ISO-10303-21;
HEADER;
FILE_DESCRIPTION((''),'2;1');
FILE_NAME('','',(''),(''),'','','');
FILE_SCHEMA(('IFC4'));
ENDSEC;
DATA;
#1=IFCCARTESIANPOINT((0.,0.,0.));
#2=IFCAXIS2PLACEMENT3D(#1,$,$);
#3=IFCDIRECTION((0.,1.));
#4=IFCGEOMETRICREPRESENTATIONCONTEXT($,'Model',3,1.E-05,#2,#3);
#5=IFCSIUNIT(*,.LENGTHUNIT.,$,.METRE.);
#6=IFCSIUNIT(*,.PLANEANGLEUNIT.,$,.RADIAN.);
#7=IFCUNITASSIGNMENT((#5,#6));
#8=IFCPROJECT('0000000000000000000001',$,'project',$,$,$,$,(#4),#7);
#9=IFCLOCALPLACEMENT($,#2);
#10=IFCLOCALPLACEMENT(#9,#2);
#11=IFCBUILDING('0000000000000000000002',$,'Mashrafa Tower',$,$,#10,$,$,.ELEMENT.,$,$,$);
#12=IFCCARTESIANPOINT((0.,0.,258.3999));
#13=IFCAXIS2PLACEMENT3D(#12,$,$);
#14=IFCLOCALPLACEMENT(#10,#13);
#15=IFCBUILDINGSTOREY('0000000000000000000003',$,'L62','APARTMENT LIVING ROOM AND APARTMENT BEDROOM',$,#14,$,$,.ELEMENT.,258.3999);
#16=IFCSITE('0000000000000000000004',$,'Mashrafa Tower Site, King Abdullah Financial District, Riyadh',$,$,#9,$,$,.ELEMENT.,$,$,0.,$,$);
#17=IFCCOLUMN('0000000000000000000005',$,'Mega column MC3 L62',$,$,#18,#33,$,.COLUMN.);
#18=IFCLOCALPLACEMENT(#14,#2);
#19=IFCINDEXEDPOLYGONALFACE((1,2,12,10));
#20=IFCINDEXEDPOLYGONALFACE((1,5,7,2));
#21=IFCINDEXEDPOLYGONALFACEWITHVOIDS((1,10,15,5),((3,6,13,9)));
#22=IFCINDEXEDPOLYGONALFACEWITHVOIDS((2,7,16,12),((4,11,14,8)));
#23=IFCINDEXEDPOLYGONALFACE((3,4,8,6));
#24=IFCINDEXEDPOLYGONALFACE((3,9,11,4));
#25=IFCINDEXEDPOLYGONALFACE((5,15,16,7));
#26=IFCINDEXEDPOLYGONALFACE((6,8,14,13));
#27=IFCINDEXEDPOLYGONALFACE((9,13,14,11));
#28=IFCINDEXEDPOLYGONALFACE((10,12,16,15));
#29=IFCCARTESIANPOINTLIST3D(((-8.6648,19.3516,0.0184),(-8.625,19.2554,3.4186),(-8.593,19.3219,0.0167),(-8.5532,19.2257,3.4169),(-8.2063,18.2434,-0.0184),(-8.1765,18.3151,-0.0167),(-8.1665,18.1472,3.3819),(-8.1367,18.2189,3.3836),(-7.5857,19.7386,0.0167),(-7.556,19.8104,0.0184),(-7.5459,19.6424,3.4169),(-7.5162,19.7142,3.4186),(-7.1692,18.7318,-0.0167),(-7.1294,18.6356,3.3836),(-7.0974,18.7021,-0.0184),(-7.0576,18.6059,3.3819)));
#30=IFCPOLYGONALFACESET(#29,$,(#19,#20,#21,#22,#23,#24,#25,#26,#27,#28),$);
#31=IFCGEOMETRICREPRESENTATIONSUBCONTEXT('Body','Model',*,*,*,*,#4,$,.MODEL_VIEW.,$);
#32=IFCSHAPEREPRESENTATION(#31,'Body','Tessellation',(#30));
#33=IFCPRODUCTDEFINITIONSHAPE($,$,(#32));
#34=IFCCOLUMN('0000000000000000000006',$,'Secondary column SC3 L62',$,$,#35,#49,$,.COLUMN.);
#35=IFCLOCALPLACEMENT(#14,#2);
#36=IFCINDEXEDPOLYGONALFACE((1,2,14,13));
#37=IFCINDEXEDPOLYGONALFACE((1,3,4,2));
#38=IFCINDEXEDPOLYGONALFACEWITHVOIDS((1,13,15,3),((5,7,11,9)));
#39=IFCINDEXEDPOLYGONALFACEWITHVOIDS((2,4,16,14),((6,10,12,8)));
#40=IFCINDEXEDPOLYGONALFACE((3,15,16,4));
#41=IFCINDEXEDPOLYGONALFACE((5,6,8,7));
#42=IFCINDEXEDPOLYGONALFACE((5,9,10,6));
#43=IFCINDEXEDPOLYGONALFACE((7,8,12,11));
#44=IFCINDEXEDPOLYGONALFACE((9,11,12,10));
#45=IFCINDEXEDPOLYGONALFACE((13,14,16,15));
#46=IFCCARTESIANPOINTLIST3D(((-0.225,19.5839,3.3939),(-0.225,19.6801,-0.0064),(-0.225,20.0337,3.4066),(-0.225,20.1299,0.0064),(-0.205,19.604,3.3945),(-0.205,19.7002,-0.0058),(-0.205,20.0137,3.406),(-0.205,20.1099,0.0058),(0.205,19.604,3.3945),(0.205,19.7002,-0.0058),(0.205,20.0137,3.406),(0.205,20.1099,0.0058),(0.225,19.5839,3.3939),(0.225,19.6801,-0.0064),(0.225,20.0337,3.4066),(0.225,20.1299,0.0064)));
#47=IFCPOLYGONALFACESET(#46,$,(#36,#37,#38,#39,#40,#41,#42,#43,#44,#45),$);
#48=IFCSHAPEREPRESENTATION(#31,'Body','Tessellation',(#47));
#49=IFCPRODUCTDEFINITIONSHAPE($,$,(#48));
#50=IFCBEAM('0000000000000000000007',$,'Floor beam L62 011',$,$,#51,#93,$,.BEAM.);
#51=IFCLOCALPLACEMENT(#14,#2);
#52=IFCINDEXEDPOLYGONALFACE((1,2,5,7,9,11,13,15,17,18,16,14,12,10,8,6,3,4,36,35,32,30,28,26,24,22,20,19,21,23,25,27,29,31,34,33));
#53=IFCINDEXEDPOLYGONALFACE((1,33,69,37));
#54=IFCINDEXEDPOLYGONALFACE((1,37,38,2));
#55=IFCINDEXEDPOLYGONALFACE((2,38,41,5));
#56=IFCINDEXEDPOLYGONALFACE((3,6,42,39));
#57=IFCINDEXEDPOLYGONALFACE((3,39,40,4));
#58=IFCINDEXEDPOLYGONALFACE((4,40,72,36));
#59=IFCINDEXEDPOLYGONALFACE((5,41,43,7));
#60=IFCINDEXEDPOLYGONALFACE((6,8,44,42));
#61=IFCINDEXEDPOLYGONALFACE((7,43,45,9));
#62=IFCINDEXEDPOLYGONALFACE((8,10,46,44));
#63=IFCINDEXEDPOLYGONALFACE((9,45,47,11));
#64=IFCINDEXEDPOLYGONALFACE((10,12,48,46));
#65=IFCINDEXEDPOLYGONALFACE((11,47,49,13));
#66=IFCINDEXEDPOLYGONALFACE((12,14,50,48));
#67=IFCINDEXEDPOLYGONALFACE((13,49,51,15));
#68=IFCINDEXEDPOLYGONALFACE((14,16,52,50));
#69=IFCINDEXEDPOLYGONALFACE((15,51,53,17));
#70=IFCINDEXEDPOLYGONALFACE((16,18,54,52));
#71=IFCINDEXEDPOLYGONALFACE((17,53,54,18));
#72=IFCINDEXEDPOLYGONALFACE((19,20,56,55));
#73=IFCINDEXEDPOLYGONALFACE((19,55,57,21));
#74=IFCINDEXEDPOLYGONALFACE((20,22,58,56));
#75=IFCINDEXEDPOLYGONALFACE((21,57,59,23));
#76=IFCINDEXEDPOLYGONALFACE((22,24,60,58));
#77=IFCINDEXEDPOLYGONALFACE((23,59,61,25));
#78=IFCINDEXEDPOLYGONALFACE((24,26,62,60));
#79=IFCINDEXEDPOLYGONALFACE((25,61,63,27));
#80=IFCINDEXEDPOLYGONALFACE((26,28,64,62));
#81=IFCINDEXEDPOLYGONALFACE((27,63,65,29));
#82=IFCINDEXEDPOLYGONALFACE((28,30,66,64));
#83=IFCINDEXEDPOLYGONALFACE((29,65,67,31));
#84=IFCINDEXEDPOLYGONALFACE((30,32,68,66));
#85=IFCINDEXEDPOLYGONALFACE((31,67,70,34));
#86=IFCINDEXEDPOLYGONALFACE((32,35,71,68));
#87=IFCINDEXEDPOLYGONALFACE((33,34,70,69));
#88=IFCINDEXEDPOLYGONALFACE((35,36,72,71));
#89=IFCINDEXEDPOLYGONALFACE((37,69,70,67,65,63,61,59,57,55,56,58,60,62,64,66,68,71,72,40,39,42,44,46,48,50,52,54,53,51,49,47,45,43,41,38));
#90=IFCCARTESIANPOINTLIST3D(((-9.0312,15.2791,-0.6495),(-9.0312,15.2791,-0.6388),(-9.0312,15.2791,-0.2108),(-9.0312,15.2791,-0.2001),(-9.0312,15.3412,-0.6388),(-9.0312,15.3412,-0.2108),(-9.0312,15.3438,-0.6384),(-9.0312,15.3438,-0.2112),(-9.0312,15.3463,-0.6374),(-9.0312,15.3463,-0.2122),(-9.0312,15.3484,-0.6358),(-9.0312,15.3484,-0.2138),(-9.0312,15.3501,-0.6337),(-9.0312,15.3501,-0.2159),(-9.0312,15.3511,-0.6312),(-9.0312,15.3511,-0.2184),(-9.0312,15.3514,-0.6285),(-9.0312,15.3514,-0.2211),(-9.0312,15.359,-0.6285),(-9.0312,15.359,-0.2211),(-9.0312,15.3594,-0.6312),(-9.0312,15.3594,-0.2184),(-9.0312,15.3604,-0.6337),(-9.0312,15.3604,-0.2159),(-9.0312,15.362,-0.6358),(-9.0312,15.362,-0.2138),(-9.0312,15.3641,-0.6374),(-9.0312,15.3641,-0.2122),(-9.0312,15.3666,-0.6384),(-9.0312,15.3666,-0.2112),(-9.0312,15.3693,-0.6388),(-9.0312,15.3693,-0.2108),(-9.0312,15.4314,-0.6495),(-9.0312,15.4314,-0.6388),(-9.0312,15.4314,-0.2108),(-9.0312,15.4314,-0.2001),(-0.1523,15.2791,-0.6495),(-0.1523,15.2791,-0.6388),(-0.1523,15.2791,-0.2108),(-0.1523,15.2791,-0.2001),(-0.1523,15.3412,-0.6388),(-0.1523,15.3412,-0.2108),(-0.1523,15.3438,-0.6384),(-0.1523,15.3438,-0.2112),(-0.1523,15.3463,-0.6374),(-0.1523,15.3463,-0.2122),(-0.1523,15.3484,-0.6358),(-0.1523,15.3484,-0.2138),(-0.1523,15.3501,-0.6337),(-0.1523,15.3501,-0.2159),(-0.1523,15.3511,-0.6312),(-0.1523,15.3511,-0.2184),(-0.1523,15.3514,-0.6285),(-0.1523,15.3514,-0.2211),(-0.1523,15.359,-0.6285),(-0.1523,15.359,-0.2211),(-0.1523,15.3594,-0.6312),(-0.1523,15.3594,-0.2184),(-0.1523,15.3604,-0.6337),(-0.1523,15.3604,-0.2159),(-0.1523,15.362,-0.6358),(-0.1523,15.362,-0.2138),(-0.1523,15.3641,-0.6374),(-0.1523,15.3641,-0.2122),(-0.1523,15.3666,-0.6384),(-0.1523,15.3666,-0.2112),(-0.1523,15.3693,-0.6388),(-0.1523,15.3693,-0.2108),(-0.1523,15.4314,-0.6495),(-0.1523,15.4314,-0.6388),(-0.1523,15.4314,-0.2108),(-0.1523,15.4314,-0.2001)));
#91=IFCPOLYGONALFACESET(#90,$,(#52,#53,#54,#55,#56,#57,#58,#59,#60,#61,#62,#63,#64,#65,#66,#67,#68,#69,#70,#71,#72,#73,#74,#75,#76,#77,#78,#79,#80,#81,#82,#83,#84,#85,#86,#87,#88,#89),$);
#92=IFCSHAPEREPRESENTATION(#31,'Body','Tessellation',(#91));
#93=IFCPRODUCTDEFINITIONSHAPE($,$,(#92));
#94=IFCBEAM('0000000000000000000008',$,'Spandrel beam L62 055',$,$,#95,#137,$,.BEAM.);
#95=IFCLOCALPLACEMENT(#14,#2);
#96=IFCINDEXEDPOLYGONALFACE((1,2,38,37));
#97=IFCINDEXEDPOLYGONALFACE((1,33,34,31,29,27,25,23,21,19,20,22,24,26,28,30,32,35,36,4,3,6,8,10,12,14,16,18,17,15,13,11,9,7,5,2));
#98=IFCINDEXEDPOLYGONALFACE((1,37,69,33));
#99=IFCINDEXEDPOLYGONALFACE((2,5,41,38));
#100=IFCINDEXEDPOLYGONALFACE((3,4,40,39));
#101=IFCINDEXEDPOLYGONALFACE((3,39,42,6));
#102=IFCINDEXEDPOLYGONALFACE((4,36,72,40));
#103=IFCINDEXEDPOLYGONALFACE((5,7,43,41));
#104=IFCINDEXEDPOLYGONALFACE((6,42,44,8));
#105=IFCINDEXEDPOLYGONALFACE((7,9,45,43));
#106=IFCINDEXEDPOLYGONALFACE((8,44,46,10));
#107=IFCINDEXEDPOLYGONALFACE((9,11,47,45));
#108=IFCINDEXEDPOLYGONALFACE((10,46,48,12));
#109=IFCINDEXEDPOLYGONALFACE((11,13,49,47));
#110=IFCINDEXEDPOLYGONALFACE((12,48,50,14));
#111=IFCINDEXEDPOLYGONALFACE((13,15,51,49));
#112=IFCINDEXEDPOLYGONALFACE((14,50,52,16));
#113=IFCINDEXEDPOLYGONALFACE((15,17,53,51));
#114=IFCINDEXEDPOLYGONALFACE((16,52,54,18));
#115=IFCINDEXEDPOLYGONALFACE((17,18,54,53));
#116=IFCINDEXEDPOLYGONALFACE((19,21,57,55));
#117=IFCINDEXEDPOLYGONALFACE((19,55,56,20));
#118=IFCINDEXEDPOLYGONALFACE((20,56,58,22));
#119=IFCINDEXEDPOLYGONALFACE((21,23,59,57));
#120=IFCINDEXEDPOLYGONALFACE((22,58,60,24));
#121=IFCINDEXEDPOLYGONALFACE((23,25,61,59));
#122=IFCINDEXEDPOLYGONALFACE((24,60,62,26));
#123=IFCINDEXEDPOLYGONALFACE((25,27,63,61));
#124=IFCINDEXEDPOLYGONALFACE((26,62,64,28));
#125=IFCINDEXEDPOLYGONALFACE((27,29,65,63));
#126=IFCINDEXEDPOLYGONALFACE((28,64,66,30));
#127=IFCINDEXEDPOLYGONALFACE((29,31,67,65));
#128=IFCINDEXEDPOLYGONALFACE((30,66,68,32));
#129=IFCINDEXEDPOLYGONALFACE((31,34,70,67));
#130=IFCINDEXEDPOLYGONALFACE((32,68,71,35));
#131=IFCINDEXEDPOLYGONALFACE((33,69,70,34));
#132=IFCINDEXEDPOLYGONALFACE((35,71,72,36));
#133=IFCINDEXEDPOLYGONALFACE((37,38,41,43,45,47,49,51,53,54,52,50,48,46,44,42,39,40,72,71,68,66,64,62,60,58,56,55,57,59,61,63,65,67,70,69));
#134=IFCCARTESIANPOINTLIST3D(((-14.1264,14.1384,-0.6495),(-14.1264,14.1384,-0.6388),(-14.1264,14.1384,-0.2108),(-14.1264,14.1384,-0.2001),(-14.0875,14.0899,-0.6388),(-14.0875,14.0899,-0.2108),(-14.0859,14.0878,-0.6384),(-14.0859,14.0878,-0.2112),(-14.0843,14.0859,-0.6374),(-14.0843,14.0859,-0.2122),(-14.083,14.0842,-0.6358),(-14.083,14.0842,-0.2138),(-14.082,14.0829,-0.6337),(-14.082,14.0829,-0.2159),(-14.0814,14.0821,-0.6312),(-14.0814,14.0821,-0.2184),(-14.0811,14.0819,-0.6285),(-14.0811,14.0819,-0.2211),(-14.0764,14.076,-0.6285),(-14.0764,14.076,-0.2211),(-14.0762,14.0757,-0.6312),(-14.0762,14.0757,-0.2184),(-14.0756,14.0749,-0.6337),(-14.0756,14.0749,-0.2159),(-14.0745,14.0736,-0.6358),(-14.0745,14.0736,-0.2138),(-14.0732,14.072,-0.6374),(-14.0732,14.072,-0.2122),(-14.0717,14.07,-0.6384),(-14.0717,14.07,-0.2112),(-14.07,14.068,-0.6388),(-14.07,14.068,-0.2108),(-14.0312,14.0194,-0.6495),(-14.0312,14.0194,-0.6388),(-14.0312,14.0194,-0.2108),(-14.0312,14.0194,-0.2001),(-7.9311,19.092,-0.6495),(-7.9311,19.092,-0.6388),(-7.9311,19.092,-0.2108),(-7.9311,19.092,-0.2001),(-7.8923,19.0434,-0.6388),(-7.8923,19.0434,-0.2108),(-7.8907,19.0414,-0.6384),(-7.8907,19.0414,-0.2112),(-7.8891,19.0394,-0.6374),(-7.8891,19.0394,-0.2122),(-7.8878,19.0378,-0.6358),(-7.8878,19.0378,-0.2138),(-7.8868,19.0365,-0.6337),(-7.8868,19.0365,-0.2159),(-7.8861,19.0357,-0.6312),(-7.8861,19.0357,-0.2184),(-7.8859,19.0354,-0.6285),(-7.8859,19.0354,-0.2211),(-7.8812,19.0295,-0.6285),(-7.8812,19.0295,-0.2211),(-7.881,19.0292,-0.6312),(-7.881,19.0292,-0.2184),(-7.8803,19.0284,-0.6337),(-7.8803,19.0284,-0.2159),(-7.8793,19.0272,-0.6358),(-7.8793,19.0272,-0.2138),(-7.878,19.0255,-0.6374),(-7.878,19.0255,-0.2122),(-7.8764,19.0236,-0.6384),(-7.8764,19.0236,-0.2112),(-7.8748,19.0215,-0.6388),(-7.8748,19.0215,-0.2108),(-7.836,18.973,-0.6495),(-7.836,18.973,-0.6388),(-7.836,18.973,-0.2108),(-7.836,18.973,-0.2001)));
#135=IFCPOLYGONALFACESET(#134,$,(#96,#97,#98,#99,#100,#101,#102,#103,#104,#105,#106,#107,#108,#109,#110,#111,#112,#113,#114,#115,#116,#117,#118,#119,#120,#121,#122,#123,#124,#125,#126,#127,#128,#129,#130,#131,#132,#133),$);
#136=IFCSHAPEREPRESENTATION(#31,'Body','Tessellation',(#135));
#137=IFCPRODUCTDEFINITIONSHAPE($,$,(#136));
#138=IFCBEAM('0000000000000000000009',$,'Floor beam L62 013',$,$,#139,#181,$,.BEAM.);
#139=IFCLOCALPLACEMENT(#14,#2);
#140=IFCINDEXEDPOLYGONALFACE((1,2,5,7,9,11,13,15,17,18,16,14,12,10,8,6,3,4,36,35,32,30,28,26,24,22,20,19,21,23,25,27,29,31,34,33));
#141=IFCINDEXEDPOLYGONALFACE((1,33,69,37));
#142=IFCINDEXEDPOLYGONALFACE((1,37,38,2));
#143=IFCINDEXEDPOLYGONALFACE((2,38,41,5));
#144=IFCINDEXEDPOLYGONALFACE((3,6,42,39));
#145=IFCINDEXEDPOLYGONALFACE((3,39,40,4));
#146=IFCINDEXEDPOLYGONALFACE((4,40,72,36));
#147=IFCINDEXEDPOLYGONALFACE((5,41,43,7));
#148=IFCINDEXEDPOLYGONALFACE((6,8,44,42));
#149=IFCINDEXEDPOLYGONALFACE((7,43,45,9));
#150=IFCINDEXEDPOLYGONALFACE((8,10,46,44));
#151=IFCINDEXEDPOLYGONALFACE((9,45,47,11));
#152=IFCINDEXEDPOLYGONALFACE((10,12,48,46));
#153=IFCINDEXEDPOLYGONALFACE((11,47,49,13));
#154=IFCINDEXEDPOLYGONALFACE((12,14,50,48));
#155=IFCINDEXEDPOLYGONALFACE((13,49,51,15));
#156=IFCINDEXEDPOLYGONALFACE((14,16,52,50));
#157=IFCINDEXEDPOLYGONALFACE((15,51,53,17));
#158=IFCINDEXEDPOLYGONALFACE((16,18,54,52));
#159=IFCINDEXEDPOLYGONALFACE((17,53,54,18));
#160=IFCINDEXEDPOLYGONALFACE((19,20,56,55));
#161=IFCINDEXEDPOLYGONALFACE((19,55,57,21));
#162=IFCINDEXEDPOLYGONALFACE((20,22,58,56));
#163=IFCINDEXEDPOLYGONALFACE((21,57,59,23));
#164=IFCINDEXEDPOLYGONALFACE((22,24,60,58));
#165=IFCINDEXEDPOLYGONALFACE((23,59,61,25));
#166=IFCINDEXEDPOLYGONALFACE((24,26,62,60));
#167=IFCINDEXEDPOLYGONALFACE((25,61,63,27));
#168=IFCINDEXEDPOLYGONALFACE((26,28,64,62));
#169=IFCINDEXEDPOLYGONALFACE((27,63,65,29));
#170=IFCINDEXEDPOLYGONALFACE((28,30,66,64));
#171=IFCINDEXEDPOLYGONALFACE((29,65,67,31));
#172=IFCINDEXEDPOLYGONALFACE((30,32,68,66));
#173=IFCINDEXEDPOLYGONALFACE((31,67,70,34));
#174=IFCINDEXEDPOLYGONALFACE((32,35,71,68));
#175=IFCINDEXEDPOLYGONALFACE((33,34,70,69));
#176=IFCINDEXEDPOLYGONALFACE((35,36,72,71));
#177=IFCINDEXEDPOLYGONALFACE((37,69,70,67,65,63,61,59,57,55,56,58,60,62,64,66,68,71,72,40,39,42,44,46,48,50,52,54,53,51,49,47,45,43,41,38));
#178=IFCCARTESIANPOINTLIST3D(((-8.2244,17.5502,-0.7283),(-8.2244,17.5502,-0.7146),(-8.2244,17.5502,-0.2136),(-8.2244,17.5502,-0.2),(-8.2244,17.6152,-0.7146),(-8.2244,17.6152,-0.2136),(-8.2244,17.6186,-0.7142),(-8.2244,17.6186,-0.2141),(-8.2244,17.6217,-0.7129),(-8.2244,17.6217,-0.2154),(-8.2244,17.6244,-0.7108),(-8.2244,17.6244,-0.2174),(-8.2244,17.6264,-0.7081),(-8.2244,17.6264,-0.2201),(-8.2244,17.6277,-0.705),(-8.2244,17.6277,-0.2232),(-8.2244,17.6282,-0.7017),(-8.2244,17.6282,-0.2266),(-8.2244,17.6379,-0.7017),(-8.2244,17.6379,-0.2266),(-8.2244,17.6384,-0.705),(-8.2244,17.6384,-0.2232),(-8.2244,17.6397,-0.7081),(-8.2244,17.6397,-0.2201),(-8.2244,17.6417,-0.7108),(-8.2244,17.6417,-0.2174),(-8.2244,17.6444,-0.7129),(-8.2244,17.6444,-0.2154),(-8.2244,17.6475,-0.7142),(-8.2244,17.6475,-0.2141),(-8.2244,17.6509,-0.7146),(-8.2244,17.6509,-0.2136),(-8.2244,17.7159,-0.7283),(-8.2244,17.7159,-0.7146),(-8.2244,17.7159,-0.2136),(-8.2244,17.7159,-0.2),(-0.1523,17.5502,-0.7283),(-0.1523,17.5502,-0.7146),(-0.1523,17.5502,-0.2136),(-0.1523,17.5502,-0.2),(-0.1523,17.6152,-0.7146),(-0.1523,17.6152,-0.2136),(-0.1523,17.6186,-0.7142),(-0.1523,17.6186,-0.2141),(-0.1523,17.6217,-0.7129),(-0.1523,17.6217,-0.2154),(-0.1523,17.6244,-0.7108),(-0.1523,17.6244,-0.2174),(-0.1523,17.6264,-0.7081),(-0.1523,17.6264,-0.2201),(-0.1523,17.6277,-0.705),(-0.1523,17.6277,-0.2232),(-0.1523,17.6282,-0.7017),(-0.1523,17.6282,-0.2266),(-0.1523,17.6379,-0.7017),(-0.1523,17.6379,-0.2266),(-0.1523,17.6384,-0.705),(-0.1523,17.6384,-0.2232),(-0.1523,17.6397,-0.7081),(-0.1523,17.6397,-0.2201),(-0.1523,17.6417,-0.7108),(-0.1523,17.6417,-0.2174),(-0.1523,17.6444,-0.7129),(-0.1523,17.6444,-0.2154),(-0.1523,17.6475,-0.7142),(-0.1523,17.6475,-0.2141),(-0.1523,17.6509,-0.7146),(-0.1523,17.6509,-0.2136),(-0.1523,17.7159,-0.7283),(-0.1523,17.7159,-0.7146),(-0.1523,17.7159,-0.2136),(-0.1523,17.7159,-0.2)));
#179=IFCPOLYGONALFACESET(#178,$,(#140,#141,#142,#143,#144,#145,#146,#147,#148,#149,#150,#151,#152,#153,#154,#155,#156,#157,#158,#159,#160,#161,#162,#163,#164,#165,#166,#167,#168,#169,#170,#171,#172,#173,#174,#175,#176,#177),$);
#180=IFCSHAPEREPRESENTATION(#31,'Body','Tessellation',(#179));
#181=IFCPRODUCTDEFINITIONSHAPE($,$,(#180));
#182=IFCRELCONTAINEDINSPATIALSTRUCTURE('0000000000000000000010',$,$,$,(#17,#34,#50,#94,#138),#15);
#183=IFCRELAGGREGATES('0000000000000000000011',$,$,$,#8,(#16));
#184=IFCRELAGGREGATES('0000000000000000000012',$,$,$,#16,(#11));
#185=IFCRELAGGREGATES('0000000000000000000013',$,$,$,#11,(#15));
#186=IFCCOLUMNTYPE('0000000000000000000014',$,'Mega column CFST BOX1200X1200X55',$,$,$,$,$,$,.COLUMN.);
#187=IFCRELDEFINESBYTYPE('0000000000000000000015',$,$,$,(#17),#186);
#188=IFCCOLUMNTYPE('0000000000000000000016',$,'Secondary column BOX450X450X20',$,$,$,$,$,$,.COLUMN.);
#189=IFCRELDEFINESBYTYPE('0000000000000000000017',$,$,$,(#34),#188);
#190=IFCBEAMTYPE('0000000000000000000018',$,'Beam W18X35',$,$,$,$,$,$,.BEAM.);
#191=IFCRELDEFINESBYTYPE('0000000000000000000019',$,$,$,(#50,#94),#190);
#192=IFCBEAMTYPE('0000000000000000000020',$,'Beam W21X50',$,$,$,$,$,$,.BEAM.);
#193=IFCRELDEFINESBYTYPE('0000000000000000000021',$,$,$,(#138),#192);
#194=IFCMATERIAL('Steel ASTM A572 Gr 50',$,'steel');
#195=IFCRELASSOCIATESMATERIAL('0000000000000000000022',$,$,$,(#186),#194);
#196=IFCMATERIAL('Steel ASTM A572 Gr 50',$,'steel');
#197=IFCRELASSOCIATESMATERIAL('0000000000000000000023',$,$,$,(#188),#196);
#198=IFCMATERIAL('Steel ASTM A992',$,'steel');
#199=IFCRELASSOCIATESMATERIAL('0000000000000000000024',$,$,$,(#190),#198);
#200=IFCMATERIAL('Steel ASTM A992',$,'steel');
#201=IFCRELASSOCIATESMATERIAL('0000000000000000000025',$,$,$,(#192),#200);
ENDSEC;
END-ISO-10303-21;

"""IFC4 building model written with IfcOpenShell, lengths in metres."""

from ifc_helpers import new_model, si_unit, direction, frame, origin, origin_2d, place, context, subcontext, project, spatial, hollow_rectangle, i_section, extrude, material, material_profile, profile_set, type_object, element, save


model = new_model("IFC4")

# Units and contexts
model_context = context("Model", 3, precision=1e-05, world=origin(), true_north=direction((0.0, 1.0)))
body_context = subcontext(model_context, "Body", "Model", "MODEL_VIEW")
ifc_project = project(units=[si_unit("LENGTHUNIT", "METRE"), si_unit("PLANEANGLEUNIT", "RADIAN")], contexts=[model_context])

# Site, building, storey
site_placement = place(None, origin())
site = spatial("IfcSite", under=ifc_project, at=site_placement, Name="Mashrafa Tower Site, King Abdullah Financial District, Riyadh", CompositionType="ELEMENT", RefElevation=0.0)
building_placement = place(site_placement, origin())
building = spatial("IfcBuilding", under=site, at=building_placement, Name="Mashrafa Tower", CompositionType="ELEMENT")
storey_placement = place(building_placement, frame((0.0, 0.0, 258.3999)))
storey = spatial("IfcBuildingStorey", under=building, at=storey_placement, Name="L62", Description="APARTMENT LIVING ROOM AND APARTMENT BEDROOM", CompositionType="ELEMENT", Elevation=258.3999)

# Columns
ifc_material_1 = material(Name="Steel ASTM A572 Gr 50", Category="steel")
ifc_material_profile_1 = material_profile(ifc_material_1, hollow_rectangle(XDim=1.2, YDim=1.2, WallThickness=0.0549, at=origin_2d()), Name="BOX1200X1200X55")
ifc_profile_set_1 = profile_set([ifc_material_profile_1], Name="Steel ASTM A572 Gr 50")
column_type_1 = type_object("IfcColumnType", Name="Mega column CFST BOX1200X1200X55", PredefinedType="COLUMN", material=ifc_profile_set_1)
column_1_placement = place(storey_placement, frame((-7.8811, 19.0269, 0.0), z_axis=(0.011698, -0.028277, 0.999532), x_axis=(0.924045, 0.382283, 0.0)))
element("IfcColumn", 1, at=column_1_placement, inside=storey, type_object=column_type_1, Name="Mega column MC3 L62", PredefinedType="COLUMN", context=body_context, shape_type="SweptSolid", body=[
    extrude(hollow_rectangle(XDim=1.2, YDim=1.2, WallThickness=0.0549, at=origin_2d()), origin(), (0.0, 0.0, 1.0), 3.4019),
])
ifc_material_2 = material(Name="Steel ASTM A572 Gr 50", Category="steel")
ifc_material_profile_2 = material_profile(ifc_material_2, hollow_rectangle(XDim=0.45, YDim=0.45, WallThickness=0.02, at=origin_2d()), Name="BOX450X450X20")
ifc_profile_set_2 = profile_set([ifc_material_profile_2], Name="Steel ASTM A572 Gr 50")
column_type_2 = type_object("IfcColumnType", Name="Secondary column BOX450X450X20", PredefinedType="COLUMN", material=ifc_profile_set_2)
column_2_placement = place(storey_placement, frame((0.0, 19.905, 0.0), z_axis=(0.0, -0.028279, 0.9996), x_axis=(1.0, 0.0, 0.0)))
element("IfcColumn", 2, at=column_2_placement, inside=storey, type_object=column_type_2, Name="Secondary column SC3 L62", PredefinedType="COLUMN", context=body_context, shape_type="SweptSolid", body=[
    extrude(hollow_rectangle(XDim=0.45, YDim=0.45, WallThickness=0.02, at=origin_2d()), origin(), (0.0, 0.0, 1.0), 3.4016),
])

# Beams
ifc_material_3 = material(Name="Steel ASTM A992", Category="steel")
ifc_material_profile_3 = material_profile(ifc_material_3, i_section(OverallWidth=0.1523, OverallDepth=0.4495, WebThickness=0.0076, FlangeThickness=0.0107, FilletRadius=0.0103, at=origin_2d()), Name="W18X35")
ifc_profile_set_3 = profile_set([ifc_material_profile_3], Name="Steel ASTM A992")
beam_type_1 = type_object("IfcBeamType", Name="Beam W18X35", PredefinedType="BEAM", material=ifc_profile_set_3)
beam_1_placement = place(storey_placement, frame((-9.0312, 15.3552, -0.4248), z_axis=(1.0, 0.0, 0.0), x_axis=(0.0, 1.0, 0.0)))
element("IfcBeam", 3, at=beam_1_placement, inside=storey, type_object=beam_type_1, Name="Floor beam L62 011", PredefinedType="BEAM", context=body_context, shape_type="SweptSolid", body=[
    extrude(i_section(OverallWidth=0.1523, OverallDepth=0.4495, WebThickness=0.0076, FlangeThickness=0.0107, FilletRadius=0.0103, at=origin_2d()), origin(), (0.0, 0.0, 1.0), 8.8789),
])
beam_2_placement = place(storey_placement, frame((-7.8835, 19.0325, -0.4248), z_axis=(-0.781031, -0.624492, 0.0), x_axis=(0.624492, -0.781031, 0.0)))
element("IfcBeam", 4, at=beam_2_placement, inside=storey, type_object=beam_type_1, Name="Spandrel beam L62 055", PredefinedType="BEAM", context=body_context, shape_type="SweptSolid", body=[
    extrude(i_section(OverallWidth=0.1523, OverallDepth=0.4495, WebThickness=0.0076, FlangeThickness=0.0107, FilletRadius=0.0103, at=origin_2d()), origin(), (0.0, 0.0, 1.0), 7.9321),
])
ifc_material_4 = material(Name="Steel ASTM A992", Category="steel")
ifc_material_profile_4 = material_profile(ifc_material_4, i_section(OverallWidth=0.1658, OverallDepth=0.5283, WebThickness=0.0098, FlangeThickness=0.0137, FilletRadius=0.0129, at=origin_2d()), Name="W21X50")
ifc_profile_set_4 = profile_set([ifc_material_profile_4], Name="Steel ASTM A992")
beam_type_2 = type_object("IfcBeamType", Name="Beam W21X50", PredefinedType="BEAM", material=ifc_profile_set_4)
beam_3_placement = place(storey_placement, frame((-8.2244, 17.6331, -0.4641), z_axis=(1.0, 0.0, 0.0), x_axis=(0.0, 1.0, 0.0)))
element("IfcBeam", 5, at=beam_3_placement, inside=storey, type_object=beam_type_2, Name="Floor beam L62 013", PredefinedType="BEAM", context=body_context, shape_type="SweptSolid", body=[
    extrude(i_section(OverallWidth=0.1658, OverallDepth=0.5283, WebThickness=0.0098, FlangeThickness=0.0137, FilletRadius=0.0129, at=origin_2d()), origin(), (0.0, 0.0, 1.0), 8.072),
])

save(model, "model.ifc")
